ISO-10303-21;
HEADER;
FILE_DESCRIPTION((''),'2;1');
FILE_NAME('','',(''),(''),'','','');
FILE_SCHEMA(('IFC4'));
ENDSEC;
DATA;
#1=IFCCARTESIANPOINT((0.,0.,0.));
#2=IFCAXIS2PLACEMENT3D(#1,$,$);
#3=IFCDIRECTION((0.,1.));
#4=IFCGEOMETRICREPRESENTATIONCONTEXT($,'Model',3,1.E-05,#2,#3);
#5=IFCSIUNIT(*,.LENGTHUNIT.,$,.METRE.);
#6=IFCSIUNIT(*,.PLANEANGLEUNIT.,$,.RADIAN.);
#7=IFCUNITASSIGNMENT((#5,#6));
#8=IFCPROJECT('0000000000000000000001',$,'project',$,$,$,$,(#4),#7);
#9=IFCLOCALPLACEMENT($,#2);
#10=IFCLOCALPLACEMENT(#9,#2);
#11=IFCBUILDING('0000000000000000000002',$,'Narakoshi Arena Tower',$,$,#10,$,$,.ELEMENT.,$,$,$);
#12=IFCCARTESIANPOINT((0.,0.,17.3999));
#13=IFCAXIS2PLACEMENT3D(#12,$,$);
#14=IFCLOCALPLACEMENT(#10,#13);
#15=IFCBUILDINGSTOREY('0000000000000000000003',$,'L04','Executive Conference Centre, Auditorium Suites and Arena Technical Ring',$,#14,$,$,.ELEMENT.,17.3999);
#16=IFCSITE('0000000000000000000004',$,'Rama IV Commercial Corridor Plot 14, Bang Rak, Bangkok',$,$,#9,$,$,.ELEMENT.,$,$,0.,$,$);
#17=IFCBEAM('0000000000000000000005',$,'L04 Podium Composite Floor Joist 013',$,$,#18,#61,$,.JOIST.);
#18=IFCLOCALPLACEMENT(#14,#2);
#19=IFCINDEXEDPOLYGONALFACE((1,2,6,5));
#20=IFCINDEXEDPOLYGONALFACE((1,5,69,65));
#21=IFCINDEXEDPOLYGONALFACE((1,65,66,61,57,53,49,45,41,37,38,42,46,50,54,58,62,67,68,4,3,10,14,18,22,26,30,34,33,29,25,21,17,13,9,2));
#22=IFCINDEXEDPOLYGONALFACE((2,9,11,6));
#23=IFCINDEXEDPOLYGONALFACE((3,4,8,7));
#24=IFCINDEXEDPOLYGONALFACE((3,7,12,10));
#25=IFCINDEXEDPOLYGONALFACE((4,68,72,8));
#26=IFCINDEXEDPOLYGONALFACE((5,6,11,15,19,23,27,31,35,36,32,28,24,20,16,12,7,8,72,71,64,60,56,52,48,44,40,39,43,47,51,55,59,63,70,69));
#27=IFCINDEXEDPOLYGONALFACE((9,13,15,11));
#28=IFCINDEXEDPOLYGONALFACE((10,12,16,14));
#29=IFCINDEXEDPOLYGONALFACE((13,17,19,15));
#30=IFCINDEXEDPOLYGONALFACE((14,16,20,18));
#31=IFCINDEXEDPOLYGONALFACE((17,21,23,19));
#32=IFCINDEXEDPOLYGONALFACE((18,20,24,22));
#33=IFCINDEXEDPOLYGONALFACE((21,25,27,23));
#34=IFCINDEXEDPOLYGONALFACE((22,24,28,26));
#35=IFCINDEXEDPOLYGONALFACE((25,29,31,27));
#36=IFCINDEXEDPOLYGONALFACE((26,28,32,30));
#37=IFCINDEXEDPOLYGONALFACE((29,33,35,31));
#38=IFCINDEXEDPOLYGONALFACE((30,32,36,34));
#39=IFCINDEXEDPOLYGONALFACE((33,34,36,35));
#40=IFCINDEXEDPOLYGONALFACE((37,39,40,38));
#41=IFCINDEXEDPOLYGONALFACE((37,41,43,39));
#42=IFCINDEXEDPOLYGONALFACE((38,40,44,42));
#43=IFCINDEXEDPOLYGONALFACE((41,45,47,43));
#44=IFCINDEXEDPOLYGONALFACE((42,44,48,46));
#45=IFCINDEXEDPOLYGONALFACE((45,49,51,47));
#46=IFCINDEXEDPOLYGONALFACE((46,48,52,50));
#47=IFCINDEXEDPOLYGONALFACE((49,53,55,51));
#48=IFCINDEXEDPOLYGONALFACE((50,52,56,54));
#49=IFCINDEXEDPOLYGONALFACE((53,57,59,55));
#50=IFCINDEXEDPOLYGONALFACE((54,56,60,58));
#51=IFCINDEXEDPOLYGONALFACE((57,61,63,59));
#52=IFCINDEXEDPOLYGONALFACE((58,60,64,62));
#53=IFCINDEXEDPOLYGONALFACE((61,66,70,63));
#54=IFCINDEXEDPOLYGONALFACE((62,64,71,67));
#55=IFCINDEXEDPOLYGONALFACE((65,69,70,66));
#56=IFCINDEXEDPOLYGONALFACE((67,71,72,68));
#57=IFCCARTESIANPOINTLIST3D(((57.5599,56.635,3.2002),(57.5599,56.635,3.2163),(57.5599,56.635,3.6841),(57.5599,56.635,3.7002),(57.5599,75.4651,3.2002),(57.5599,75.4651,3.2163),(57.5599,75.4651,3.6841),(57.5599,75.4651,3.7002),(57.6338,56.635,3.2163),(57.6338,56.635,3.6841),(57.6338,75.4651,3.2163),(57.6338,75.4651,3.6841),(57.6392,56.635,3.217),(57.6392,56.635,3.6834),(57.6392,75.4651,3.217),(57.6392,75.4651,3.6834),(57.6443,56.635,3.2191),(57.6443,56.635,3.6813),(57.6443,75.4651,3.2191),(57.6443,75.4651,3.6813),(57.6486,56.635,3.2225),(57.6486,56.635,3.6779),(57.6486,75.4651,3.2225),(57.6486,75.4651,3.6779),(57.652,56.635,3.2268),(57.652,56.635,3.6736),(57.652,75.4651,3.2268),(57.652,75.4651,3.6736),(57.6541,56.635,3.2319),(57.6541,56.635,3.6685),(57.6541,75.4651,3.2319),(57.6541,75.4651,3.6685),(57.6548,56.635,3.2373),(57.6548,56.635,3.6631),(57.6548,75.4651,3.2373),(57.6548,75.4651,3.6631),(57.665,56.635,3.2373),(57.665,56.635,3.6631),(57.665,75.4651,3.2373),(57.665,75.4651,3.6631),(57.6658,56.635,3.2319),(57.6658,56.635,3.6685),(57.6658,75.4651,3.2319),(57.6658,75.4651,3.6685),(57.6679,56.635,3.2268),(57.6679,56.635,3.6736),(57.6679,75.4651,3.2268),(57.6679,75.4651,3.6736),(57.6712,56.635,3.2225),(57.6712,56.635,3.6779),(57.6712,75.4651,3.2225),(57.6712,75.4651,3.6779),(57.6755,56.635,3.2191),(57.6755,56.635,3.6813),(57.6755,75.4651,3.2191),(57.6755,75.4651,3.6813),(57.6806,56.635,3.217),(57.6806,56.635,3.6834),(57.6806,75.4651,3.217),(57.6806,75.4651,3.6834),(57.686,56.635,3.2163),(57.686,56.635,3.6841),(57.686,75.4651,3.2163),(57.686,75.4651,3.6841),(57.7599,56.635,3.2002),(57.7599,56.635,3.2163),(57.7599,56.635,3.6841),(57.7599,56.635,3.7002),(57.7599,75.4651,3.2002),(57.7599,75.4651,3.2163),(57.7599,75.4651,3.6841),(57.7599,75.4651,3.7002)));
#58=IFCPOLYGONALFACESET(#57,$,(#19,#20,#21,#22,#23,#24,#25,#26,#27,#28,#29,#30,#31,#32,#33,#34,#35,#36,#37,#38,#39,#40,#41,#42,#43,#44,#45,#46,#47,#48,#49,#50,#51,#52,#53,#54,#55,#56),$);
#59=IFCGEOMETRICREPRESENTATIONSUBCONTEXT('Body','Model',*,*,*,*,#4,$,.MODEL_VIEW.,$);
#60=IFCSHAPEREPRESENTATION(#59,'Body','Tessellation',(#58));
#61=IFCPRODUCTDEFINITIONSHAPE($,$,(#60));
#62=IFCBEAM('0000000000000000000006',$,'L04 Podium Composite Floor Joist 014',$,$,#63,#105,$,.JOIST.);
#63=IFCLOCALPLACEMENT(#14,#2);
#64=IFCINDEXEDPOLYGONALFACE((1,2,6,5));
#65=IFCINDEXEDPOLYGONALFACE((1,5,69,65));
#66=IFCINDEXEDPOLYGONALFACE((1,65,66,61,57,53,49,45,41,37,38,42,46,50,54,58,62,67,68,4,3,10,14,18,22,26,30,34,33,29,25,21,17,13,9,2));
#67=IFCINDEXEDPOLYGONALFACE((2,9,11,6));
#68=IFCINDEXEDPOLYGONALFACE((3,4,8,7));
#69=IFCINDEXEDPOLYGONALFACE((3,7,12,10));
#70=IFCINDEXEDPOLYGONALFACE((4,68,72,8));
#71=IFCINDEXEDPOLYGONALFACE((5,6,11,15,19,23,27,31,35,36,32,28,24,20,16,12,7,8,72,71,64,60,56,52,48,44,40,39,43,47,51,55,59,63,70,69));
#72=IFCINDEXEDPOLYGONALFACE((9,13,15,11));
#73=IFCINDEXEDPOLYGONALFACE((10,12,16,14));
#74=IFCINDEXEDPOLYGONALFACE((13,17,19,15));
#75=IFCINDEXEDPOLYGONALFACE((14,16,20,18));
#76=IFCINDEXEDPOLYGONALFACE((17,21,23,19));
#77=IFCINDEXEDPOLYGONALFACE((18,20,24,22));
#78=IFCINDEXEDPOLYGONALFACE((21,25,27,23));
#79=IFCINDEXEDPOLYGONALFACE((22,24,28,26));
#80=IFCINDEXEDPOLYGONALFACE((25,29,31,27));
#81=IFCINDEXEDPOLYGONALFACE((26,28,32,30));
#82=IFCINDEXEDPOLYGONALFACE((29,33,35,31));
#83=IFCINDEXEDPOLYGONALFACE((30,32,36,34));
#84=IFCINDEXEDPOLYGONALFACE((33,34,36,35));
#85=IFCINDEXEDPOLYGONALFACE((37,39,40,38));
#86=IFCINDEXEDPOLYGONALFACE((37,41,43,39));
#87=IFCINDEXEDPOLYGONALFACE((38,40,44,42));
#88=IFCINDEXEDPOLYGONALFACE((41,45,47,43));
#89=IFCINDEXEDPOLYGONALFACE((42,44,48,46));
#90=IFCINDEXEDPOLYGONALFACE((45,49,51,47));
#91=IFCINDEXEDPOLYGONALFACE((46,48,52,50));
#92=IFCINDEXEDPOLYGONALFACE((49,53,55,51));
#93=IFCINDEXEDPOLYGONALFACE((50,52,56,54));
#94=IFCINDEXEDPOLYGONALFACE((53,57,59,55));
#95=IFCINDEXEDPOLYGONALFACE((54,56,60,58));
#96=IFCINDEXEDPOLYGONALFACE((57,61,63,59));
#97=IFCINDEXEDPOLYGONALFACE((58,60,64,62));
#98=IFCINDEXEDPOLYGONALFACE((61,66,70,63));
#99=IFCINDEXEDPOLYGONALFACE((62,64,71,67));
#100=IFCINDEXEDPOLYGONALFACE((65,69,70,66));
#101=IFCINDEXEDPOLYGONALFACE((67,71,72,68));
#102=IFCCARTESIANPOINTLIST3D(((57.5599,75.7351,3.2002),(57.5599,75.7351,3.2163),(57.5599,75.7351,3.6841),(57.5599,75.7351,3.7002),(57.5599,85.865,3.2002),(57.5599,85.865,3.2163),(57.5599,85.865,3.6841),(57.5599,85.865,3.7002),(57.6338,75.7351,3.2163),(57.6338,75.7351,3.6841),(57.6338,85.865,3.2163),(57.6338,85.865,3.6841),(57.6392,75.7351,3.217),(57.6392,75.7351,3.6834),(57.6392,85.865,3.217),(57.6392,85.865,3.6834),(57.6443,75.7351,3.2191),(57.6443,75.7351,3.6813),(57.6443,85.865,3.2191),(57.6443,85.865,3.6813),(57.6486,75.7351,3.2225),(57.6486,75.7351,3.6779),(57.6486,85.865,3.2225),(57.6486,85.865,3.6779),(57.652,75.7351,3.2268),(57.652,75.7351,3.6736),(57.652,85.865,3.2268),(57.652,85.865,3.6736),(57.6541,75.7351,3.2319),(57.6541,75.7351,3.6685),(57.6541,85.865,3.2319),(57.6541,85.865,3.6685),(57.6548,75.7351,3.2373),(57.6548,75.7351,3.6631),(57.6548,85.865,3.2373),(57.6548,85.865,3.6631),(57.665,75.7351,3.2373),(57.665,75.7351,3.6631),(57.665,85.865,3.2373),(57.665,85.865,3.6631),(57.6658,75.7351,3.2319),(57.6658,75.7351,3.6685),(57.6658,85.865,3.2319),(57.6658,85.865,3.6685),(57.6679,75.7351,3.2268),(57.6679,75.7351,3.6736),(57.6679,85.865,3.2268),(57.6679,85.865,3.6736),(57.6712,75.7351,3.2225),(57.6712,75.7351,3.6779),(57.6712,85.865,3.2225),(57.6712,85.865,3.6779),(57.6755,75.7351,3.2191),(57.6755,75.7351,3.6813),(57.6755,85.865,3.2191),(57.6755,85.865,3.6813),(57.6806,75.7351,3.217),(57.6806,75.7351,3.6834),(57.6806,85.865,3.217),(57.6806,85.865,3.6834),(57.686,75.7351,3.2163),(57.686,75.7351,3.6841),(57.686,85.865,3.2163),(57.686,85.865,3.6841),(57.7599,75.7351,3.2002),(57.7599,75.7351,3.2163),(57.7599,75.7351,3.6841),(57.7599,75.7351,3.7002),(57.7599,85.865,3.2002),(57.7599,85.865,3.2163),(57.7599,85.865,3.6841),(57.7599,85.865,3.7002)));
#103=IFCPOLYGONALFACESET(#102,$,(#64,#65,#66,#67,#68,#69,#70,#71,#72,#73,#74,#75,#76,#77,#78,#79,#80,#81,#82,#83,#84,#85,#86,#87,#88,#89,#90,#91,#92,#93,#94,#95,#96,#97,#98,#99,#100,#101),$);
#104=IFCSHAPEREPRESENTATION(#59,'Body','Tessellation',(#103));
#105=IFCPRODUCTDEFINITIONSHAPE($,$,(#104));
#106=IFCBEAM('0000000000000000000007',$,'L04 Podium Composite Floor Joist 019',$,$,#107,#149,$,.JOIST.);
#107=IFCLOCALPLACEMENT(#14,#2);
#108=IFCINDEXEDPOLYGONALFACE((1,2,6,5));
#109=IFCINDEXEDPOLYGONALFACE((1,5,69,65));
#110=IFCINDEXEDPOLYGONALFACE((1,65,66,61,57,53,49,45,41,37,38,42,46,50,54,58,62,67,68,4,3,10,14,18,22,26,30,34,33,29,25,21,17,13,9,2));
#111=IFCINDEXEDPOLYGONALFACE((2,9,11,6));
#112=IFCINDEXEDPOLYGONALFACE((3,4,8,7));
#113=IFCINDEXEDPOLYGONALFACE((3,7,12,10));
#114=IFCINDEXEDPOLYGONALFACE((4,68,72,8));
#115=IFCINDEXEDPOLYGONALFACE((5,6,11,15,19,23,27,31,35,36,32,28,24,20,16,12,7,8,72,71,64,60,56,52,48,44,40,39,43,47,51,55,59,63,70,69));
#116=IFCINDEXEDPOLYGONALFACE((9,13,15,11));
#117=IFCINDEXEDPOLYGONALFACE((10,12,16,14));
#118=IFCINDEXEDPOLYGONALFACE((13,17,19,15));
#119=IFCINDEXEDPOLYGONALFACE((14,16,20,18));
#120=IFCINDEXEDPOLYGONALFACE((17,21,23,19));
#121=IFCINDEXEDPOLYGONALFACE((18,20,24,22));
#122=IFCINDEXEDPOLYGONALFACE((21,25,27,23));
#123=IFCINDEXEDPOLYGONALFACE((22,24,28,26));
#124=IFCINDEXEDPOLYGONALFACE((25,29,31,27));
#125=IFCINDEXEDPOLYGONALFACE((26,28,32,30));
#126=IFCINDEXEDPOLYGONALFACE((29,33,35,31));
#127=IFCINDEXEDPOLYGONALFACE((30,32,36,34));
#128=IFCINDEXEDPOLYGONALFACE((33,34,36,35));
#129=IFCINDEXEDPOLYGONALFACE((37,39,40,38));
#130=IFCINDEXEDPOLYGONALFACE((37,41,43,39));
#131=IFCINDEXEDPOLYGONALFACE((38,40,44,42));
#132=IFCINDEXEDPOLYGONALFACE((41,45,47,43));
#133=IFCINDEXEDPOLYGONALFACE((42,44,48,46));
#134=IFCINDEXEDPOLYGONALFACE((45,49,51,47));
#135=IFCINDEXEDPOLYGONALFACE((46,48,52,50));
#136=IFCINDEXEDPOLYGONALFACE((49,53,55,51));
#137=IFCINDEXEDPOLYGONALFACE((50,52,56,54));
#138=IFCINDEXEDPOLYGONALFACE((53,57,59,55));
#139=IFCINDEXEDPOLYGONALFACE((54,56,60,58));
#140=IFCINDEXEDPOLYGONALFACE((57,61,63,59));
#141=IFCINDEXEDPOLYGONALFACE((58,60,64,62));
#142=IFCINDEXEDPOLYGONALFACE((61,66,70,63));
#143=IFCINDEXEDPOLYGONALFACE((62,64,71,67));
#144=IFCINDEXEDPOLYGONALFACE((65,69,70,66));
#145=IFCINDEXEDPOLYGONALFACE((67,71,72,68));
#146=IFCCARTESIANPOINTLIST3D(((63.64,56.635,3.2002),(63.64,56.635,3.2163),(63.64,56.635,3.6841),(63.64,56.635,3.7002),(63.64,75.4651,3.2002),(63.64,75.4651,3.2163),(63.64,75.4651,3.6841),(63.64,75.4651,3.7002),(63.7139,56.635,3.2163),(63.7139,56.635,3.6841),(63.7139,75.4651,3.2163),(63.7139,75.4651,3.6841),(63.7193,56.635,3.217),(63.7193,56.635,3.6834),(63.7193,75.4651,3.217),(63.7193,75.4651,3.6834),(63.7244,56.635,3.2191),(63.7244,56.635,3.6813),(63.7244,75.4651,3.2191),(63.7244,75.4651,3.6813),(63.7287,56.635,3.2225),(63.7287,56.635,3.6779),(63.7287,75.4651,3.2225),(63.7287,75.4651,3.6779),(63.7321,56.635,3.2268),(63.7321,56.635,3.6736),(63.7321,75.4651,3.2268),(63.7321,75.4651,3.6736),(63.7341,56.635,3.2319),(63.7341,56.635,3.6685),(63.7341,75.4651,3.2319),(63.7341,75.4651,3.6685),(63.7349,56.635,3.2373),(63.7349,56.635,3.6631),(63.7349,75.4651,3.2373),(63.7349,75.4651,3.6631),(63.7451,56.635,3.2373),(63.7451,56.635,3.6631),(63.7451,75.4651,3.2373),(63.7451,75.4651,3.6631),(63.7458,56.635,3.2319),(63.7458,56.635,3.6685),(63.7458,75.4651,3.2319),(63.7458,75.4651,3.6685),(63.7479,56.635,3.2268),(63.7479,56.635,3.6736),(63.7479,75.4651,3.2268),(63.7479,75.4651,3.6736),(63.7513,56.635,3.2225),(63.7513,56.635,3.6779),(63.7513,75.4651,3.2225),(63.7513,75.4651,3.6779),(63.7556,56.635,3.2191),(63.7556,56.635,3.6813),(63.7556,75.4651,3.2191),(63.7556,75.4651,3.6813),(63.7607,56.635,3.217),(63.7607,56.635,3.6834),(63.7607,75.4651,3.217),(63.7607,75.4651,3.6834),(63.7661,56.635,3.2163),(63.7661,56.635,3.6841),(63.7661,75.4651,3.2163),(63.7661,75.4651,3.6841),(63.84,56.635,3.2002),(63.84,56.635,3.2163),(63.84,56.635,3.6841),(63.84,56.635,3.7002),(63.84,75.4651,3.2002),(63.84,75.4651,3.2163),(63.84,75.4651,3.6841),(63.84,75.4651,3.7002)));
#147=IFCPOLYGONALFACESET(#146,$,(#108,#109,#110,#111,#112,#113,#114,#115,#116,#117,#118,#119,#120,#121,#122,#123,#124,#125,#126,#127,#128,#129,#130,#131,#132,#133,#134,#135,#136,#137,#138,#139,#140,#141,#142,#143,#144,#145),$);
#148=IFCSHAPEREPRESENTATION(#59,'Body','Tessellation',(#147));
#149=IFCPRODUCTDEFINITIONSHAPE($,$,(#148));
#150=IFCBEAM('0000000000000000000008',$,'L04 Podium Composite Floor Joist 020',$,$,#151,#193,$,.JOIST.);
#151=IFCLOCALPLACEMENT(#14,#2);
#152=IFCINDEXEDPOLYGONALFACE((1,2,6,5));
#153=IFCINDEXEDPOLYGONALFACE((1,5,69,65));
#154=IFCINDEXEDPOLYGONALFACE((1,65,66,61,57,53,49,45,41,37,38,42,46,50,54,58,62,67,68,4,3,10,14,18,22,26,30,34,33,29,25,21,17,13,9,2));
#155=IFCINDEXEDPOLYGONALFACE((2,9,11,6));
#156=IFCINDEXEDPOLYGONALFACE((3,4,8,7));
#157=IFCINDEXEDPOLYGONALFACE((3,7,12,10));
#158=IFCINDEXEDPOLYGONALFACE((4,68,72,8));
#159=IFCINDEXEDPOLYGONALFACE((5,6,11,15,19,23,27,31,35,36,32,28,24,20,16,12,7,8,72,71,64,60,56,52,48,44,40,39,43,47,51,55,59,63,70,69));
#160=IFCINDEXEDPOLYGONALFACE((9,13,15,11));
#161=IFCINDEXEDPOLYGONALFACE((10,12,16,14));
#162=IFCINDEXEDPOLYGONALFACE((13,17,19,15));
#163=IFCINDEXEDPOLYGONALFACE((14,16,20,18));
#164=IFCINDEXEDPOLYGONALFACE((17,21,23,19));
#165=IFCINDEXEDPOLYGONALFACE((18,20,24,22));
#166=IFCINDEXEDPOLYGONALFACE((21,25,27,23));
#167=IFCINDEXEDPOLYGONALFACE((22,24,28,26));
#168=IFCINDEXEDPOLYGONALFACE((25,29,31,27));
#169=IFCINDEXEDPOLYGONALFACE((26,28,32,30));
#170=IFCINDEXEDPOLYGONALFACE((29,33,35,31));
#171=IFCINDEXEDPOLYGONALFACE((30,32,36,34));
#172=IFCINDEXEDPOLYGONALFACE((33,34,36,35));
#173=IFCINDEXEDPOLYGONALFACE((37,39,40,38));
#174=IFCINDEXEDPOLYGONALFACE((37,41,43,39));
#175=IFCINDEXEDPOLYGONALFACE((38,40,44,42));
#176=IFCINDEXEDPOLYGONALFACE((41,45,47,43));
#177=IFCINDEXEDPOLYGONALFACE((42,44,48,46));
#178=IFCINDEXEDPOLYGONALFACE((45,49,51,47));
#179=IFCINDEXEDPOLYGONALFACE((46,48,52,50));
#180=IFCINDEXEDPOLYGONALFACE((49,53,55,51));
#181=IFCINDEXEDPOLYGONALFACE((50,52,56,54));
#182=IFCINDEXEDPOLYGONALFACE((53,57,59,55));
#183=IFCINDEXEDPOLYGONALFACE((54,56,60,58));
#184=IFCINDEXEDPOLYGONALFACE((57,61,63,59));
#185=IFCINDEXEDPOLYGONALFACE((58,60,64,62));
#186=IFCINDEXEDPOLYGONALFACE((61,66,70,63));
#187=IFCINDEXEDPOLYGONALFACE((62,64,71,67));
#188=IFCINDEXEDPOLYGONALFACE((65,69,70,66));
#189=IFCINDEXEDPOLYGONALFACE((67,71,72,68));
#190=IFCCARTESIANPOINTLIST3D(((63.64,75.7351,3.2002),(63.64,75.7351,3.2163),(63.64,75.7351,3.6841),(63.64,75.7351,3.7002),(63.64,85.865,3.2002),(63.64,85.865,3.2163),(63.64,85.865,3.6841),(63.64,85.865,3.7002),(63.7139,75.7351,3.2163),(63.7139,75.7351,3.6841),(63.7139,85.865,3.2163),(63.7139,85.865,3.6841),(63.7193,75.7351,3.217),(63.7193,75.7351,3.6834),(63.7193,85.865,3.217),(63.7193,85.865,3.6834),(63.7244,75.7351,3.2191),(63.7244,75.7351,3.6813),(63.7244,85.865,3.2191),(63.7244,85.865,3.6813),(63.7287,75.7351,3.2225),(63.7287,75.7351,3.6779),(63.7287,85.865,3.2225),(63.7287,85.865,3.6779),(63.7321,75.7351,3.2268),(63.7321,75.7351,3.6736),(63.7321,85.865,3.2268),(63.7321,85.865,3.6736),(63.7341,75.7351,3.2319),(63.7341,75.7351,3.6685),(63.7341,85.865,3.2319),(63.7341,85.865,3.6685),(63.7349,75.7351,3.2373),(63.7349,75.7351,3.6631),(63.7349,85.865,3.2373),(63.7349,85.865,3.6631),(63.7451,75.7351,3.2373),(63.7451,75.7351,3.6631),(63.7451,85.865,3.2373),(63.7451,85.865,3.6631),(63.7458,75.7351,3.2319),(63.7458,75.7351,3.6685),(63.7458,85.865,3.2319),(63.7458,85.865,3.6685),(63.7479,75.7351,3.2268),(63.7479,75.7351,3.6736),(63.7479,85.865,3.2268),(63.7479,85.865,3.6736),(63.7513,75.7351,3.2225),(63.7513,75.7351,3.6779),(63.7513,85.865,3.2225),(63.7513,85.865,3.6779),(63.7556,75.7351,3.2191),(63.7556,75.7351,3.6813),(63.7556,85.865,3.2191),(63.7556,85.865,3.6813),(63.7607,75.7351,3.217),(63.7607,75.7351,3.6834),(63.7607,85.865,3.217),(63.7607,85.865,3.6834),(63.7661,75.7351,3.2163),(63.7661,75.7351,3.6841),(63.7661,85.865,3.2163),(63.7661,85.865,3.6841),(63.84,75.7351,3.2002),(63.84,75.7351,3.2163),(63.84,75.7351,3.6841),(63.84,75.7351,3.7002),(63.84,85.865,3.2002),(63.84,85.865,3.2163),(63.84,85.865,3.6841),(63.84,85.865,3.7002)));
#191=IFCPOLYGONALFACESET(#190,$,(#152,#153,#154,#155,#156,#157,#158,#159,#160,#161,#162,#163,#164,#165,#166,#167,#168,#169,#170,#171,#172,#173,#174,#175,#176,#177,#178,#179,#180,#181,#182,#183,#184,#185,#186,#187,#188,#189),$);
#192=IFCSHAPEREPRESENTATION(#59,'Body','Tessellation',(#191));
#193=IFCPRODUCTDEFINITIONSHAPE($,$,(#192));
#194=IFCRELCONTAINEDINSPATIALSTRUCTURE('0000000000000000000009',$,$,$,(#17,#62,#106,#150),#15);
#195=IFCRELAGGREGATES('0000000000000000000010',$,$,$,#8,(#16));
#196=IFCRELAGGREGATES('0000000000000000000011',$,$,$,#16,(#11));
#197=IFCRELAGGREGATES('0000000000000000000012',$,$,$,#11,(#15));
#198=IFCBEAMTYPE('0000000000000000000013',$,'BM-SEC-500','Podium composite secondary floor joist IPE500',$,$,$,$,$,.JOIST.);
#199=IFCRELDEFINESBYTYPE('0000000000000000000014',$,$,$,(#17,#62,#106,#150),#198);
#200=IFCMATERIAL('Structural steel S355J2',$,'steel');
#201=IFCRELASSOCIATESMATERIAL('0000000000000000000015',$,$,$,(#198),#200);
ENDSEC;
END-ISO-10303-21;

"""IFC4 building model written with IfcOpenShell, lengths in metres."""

from ifc_helpers import new_model, si_unit, direction, frame, origin, origin_2d, place, context, subcontext, project, spatial, i_section, extrude, material, material_profile, profile_set, type_object, element, save


model = new_model("IFC4")

# Units and contexts
model_context = context("Model", 3, precision=1e-05, world=origin(), true_north=direction((0.0, 1.0)))
body_context = subcontext(model_context, "Body", "Model", "MODEL_VIEW")
ifc_project = project(units=[si_unit("LENGTHUNIT", "METRE"), si_unit("PLANEANGLEUNIT", "RADIAN")], contexts=[model_context])

# Site, building, storey
site_placement = place(None, origin())
site = spatial("IfcSite", under=ifc_project, at=site_placement, Name="Rama IV Commercial Corridor Plot 14, Bang Rak, Bangkok", CompositionType="ELEMENT", RefElevation=0.0)
building_placement = place(site_placement, origin())
building = spatial("IfcBuilding", under=site, at=building_placement, Name="Narakoshi Arena Tower", CompositionType="ELEMENT")
storey_placement = place(building_placement, frame((0.0, 0.0, 17.3999)))
storey = spatial("IfcBuildingStorey", under=building, at=storey_placement, Name="L04", Description="Executive Conference Centre, Auditorium Suites and Arena Technical Ring", CompositionType="ELEMENT", Elevation=17.3999)

# Beams
ifc_material_1 = material(Name="Structural steel S355J2", Category="steel")
ifc_material_profile_1 = material_profile(ifc_material_1, i_section(OverallWidth=0.2, OverallDepth=0.5, WebThickness=0.0103, FlangeThickness=0.0161, FilletRadius=0.021, at=origin_2d()), Name="IPE500")
ifc_profile_set_1 = profile_set([ifc_material_profile_1], Name="Structural steel S355J2")
beam_type_1 = type_object("IfcBeamType", Name="BM-SEC-500", Description="Podium composite secondary floor joist IPE500", PredefinedType="JOIST", material=ifc_profile_set_1)
beam_1_placement = place(storey_placement, frame((57.6599, 56.635, 3.4502), z_axis=(0.0, 1.0, 0.0), x_axis=(-1.0, 0.0, 0.0)))
element("IfcBeam", 1, at=beam_1_placement, inside=storey, type_object=beam_type_1, Name="L04 Podium Composite Floor Joist 013", PredefinedType="JOIST", context=body_context, shape_type="SweptSolid", body=[
    extrude(i_section(OverallWidth=0.2, OverallDepth=0.5, WebThickness=0.0103, FlangeThickness=0.0161, FilletRadius=0.021, at=origin_2d()), origin(), (0.0, 0.0, 1.0), 18.8301),
])
beam_2_placement = place(storey_placement, frame((57.6599, 75.7351, 3.4502), z_axis=(0.0, 1.0, 0.0), x_axis=(-1.0, 0.0, 0.0)))
element("IfcBeam", 2, at=beam_2_placement, inside=storey, type_object=beam_type_1, Name="L04 Podium Composite Floor Joist 014", PredefinedType="JOIST", context=body_context, shape_type="SweptSolid", body=[
    extrude(i_section(OverallWidth=0.2, OverallDepth=0.5, WebThickness=0.0103, FlangeThickness=0.0161, FilletRadius=0.021, at=origin_2d()), origin(), (0.0, 0.0, 1.0), 10.1299),
])
beam_3_placement = place(storey_placement, frame((63.74, 56.635, 3.4502), z_axis=(0.0, 1.0, 0.0), x_axis=(-1.0, 0.0, 0.0)))
element("IfcBeam", 3, at=beam_3_placement, inside=storey, type_object=beam_type_1, Name="L04 Podium Composite Floor Joist 019", PredefinedType="JOIST", context=body_context, shape_type="SweptSolid", body=[
    extrude(i_section(OverallWidth=0.2, OverallDepth=0.5, WebThickness=0.0103, FlangeThickness=0.0161, FilletRadius=0.021, at=origin_2d()), origin(), (0.0, 0.0, 1.0), 18.8301),
])
beam_4_placement = place(storey_placement, frame((63.74, 75.7351, 3.4502), z_axis=(0.0, 1.0, 0.0), x_axis=(-1.0, 0.0, 0.0)))
element("IfcBeam", 4, at=beam_4_placement, inside=storey, type_object=beam_type_1, Name="L04 Podium Composite Floor Joist 020", PredefinedType="JOIST", context=body_context, shape_type="SweptSolid", body=[
    extrude(i_section(OverallWidth=0.2, OverallDepth=0.5, WebThickness=0.0103, FlangeThickness=0.0161, FilletRadius=0.021, at=origin_2d()), origin(), (0.0, 0.0, 1.0), 10.1299),
])

save(model, "model.ifc")
